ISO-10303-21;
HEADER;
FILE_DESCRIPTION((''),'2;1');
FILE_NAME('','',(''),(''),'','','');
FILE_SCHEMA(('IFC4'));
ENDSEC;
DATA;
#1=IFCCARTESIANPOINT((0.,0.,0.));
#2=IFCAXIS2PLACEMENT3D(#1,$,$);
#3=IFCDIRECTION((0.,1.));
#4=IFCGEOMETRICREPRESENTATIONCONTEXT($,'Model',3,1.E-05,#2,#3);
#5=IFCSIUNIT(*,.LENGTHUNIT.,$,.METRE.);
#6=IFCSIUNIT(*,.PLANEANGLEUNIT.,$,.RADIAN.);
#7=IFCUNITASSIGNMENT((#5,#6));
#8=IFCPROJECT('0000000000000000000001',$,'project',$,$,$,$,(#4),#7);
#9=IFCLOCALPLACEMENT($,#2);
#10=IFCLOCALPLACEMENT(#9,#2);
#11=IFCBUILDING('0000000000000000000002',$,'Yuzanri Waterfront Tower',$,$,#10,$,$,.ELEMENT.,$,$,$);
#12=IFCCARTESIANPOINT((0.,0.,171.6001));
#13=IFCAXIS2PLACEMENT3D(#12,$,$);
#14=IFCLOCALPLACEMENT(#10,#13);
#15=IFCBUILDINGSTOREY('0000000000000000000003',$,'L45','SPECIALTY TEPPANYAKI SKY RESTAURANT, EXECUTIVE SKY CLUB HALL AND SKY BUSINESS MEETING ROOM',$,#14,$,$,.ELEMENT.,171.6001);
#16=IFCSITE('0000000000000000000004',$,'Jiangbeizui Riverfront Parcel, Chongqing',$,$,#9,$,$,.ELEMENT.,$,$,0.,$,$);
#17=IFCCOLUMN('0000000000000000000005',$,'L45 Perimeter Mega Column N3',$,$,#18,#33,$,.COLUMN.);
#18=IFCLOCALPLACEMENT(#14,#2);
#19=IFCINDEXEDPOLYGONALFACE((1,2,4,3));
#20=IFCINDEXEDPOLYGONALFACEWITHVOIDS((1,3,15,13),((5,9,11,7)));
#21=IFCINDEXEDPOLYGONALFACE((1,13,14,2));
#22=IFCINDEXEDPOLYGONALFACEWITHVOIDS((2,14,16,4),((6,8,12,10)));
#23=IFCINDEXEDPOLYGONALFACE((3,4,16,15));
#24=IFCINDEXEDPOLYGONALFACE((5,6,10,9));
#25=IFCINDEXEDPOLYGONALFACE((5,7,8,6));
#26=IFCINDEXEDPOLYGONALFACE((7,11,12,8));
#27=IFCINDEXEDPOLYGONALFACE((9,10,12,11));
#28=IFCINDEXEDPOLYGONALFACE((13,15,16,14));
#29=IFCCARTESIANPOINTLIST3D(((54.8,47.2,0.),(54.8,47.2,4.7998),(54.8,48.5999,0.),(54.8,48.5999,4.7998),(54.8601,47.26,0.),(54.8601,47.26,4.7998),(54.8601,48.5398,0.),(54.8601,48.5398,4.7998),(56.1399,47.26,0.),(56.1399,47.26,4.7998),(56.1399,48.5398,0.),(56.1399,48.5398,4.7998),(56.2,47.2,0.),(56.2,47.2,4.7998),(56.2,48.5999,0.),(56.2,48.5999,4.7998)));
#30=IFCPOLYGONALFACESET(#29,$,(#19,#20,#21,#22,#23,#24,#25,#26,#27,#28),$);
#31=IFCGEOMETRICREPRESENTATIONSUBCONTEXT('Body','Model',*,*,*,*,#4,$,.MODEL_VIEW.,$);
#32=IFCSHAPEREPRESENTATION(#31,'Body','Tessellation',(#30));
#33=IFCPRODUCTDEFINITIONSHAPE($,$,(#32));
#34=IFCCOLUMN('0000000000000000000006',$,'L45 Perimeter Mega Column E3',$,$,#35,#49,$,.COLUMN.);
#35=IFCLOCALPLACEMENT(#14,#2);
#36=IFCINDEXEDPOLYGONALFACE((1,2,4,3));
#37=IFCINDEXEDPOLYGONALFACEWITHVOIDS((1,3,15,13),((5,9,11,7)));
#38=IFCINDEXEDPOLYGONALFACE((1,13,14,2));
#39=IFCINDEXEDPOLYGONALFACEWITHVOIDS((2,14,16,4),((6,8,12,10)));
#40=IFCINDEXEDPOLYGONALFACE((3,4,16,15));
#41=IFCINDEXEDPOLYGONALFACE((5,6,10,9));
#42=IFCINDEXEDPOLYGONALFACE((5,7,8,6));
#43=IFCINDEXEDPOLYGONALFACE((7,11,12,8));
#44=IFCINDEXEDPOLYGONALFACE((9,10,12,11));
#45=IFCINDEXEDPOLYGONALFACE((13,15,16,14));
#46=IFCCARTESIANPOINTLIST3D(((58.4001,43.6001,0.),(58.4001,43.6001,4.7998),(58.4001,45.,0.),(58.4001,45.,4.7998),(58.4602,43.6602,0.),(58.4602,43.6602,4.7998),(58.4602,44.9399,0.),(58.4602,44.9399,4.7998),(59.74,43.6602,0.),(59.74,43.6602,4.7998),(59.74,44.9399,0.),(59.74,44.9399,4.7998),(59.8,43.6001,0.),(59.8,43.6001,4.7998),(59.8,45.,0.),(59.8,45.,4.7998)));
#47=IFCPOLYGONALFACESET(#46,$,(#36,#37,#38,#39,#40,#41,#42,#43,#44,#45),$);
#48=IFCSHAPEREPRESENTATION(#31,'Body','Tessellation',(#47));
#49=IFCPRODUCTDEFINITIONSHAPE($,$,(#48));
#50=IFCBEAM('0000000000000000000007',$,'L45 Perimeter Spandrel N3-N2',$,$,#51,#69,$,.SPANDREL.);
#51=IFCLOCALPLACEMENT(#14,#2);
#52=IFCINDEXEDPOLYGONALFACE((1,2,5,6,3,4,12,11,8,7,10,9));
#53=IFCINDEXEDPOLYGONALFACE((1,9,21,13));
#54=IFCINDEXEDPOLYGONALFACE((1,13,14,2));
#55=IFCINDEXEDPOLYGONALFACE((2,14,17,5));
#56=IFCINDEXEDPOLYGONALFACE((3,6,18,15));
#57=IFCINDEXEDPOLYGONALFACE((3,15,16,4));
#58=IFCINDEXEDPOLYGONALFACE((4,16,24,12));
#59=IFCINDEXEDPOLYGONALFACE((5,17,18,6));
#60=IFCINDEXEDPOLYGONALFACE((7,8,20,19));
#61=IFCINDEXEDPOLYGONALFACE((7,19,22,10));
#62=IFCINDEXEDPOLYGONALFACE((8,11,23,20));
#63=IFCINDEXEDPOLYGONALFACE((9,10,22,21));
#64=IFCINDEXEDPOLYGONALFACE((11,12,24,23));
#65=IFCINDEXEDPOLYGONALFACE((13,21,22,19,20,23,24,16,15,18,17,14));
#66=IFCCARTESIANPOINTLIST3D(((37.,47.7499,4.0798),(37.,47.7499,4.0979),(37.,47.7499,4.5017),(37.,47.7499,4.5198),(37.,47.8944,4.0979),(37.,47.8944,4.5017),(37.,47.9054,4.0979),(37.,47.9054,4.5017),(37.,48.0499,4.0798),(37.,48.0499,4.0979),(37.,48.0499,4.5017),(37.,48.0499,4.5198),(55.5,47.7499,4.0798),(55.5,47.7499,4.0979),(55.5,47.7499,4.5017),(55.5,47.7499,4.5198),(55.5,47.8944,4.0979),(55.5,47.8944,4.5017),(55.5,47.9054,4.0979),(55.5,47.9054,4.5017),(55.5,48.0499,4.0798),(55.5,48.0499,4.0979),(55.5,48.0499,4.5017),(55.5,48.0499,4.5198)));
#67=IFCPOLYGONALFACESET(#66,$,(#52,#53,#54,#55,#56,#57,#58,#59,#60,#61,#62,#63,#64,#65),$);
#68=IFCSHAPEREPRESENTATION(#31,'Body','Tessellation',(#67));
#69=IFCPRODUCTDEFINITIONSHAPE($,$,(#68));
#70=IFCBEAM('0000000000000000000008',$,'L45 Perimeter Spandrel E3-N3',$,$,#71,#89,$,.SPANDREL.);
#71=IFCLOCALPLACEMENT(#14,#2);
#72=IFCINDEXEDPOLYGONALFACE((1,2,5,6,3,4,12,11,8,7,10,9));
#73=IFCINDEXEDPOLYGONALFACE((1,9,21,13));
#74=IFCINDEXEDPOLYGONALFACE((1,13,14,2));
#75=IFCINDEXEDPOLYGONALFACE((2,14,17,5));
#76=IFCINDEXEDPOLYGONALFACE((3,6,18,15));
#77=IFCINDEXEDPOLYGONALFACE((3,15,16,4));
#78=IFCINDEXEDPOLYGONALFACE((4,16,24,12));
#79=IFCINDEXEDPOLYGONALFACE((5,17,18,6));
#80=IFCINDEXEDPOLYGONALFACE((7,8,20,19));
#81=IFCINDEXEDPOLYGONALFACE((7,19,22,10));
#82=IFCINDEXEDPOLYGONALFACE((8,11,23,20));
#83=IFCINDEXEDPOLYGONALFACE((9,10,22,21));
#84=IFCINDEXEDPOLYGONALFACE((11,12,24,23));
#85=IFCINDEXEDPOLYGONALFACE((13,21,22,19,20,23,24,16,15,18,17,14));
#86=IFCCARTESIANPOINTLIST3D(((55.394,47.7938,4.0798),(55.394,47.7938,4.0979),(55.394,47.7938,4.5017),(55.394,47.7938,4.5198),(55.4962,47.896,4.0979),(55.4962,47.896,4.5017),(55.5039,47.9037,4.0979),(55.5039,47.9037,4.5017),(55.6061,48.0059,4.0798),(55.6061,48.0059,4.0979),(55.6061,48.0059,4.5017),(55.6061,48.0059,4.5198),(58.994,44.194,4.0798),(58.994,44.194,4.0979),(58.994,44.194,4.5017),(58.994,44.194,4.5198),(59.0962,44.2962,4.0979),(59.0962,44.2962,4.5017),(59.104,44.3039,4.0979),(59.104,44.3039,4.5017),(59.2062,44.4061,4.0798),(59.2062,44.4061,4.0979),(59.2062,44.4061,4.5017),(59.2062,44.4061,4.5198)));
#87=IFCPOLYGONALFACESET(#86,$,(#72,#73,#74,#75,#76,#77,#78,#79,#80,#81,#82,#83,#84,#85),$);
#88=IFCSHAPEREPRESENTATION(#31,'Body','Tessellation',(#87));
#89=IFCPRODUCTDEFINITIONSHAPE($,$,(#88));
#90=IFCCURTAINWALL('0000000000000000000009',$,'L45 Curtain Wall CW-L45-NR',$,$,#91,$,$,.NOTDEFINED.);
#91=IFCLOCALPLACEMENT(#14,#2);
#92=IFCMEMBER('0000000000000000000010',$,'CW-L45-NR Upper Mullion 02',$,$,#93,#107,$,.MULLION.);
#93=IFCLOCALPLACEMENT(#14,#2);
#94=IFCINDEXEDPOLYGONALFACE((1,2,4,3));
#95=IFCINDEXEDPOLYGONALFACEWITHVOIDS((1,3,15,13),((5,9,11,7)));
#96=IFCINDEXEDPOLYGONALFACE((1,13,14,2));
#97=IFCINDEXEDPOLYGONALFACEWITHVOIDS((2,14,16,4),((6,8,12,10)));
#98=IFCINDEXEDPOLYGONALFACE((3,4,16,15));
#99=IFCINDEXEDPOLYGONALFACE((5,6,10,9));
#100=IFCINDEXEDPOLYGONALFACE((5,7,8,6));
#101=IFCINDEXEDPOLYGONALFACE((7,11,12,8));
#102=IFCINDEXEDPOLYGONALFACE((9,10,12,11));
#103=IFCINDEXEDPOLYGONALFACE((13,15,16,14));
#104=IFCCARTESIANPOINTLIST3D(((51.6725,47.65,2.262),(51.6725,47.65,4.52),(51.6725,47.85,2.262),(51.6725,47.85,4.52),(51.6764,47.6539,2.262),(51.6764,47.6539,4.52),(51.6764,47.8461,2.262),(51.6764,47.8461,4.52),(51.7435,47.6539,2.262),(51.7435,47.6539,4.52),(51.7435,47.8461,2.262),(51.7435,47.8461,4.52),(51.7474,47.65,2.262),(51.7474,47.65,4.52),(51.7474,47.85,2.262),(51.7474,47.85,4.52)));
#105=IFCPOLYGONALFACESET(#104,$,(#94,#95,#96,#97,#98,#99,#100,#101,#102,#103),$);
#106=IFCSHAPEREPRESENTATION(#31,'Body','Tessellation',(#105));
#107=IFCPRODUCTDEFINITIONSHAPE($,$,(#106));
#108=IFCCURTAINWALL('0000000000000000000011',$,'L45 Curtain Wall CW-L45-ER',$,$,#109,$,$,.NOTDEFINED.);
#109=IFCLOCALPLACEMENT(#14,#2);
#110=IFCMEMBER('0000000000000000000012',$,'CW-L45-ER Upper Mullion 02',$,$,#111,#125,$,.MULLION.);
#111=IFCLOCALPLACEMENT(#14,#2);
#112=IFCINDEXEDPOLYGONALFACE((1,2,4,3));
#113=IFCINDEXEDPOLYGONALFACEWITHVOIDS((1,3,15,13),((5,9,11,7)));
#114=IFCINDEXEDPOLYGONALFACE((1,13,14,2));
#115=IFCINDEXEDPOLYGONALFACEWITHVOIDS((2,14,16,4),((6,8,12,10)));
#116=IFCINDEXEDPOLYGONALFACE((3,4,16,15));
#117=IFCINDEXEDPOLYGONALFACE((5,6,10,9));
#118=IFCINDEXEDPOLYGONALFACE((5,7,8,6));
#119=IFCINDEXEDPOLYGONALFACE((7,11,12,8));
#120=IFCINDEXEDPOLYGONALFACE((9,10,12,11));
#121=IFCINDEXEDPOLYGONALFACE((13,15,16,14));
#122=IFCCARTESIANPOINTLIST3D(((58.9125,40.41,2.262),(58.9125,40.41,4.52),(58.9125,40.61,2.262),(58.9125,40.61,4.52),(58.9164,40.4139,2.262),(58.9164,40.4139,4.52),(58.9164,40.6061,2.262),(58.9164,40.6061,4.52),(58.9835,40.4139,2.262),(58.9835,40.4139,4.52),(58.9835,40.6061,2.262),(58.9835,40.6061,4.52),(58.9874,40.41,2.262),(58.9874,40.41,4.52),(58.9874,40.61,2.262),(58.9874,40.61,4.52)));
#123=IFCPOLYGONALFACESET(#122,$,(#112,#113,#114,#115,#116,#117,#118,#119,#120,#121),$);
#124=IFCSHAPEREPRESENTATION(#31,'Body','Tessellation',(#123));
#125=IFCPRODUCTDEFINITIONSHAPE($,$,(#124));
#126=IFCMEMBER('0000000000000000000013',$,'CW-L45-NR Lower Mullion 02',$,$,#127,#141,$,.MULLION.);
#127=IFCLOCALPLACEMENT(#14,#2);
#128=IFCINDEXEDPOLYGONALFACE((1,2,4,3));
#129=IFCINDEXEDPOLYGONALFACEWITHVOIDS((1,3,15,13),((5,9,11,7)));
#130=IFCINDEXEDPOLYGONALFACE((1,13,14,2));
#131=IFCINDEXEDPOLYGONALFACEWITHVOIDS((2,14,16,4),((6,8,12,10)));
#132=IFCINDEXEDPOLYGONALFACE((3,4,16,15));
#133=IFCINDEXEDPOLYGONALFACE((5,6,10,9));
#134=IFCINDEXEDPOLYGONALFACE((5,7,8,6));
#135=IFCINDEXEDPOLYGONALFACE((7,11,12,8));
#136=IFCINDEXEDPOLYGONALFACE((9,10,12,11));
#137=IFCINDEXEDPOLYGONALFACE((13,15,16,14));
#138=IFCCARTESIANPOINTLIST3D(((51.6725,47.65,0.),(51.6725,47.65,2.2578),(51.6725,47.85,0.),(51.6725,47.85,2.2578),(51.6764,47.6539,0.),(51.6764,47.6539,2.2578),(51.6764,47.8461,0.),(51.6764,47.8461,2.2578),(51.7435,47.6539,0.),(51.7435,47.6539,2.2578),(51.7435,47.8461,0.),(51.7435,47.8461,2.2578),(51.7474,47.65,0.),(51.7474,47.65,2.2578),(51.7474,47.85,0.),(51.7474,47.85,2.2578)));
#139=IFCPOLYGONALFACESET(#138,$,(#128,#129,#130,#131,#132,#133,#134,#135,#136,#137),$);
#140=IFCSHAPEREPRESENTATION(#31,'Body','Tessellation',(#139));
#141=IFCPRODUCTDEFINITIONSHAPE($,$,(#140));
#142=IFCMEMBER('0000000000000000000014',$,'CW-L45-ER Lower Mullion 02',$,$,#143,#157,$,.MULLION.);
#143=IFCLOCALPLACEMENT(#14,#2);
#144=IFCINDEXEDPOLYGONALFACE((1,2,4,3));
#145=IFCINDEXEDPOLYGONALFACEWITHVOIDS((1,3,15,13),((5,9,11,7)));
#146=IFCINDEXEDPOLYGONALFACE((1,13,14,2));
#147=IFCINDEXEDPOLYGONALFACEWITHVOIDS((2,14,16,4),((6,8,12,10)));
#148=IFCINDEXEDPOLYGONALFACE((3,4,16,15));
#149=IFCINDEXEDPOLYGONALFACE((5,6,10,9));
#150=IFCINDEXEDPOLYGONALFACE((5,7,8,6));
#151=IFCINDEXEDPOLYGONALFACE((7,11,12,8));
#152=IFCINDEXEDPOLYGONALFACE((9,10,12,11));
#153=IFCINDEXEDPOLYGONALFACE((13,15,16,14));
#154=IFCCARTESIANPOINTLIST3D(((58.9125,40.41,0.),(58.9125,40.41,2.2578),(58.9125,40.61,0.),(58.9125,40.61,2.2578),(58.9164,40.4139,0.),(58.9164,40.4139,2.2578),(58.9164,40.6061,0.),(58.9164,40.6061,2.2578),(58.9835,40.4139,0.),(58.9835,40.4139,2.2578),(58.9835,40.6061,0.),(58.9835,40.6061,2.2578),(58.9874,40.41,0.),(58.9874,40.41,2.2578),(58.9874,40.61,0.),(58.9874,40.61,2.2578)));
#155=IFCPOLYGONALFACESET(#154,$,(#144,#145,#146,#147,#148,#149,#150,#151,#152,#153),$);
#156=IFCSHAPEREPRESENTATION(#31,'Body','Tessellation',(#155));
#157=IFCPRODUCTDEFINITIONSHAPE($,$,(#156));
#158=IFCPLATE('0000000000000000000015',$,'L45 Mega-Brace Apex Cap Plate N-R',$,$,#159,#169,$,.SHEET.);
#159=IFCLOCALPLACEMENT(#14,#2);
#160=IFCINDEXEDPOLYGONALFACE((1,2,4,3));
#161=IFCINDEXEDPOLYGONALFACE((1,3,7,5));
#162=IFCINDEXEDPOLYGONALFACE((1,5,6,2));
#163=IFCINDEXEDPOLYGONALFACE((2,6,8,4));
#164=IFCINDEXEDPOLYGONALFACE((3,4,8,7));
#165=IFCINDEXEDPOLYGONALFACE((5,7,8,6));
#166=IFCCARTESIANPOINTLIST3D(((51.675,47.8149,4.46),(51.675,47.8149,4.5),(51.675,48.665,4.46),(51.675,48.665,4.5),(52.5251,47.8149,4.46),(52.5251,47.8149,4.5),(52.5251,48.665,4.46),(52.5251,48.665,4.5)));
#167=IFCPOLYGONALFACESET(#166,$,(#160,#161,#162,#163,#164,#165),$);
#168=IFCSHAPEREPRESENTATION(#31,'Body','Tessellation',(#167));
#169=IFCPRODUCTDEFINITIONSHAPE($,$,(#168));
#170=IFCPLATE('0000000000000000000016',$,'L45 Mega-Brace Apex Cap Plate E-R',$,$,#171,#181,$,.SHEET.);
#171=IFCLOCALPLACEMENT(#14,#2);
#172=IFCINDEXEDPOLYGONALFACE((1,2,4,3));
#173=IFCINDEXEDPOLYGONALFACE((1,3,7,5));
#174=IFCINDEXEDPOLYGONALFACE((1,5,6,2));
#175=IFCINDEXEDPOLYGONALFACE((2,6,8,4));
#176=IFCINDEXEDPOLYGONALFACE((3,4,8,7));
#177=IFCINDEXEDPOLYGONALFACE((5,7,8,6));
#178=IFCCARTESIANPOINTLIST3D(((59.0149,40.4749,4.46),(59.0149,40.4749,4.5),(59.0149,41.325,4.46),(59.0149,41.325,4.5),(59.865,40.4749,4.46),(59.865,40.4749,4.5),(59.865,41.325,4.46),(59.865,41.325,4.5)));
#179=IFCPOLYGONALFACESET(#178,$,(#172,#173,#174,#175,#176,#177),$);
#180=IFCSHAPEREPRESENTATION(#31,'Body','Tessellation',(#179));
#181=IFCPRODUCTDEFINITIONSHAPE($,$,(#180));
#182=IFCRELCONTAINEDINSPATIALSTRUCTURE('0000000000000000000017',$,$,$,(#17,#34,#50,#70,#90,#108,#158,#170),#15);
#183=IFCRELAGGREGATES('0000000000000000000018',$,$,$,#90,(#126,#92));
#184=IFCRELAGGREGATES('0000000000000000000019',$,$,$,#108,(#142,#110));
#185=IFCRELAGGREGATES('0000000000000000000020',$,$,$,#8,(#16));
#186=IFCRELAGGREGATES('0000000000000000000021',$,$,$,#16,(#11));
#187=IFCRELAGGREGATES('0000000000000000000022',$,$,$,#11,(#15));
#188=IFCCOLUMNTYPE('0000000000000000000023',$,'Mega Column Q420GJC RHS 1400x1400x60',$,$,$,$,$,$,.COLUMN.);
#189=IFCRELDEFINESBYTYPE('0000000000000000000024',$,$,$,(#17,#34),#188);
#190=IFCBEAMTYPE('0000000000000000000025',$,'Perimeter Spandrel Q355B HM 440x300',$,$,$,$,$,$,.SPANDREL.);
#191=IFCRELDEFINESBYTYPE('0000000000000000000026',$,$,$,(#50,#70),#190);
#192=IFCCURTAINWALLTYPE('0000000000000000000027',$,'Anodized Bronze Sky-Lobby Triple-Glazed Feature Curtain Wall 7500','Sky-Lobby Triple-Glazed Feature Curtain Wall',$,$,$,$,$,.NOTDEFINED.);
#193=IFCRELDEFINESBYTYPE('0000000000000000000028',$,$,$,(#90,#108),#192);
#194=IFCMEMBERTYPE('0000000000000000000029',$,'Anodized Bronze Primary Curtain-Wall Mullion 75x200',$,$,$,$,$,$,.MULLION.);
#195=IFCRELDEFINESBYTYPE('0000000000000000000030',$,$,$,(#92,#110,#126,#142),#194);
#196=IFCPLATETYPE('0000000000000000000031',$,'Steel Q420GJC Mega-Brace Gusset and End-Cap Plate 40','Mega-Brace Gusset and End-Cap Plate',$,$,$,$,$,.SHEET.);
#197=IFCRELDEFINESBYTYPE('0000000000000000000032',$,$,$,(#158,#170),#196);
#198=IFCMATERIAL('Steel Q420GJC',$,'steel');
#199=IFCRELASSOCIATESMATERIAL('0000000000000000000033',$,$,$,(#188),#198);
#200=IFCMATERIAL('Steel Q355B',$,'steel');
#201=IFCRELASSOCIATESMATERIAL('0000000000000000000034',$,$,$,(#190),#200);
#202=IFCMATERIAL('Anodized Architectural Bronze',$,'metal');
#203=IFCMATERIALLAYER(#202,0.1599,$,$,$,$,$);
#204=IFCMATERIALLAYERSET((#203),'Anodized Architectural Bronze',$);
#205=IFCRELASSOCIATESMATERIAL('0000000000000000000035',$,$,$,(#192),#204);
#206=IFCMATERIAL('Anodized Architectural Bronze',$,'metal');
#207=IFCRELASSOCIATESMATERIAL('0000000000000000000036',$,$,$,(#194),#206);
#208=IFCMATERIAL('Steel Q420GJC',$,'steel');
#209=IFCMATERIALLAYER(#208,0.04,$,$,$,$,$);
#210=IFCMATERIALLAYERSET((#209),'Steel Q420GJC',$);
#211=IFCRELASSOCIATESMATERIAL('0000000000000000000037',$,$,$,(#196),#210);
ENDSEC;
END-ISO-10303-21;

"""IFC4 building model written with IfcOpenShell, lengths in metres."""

from ifc_helpers import new_model, si_unit, direction, frame, origin, origin_2d, place, context, subcontext, project, spatial, rectangle, hollow_rectangle, i_section, extrude, source, transform, mapped, material, layer, layer_set, material_profile, profile_set, type_object, element, aggregate, save


model = new_model("IFC4")

# Units and contexts
model_context = context("Model", 3, precision=1e-05, world=origin(), true_north=direction((0.0, 1.0)))
body_context = subcontext(model_context, "Body", "Model", "MODEL_VIEW")
ifc_project = project(units=[si_unit("LENGTHUNIT", "METRE"), si_unit("PLANEANGLEUNIT", "RADIAN")], contexts=[model_context])

# Site, building, storey
site_placement = place(None, origin())
site = spatial("IfcSite", under=ifc_project, at=site_placement, Name="Jiangbeizui Riverfront Parcel, Chongqing", CompositionType="ELEMENT", RefElevation=0.0)
building_placement = place(site_placement, origin())
building = spatial("IfcBuilding", under=site, at=building_placement, Name="Yuzanri Waterfront Tower", CompositionType="ELEMENT")
storey_placement = place(building_placement, frame((0.0, 0.0, 171.6001)))
storey = spatial("IfcBuildingStorey", under=building, at=storey_placement, Name="L45", Description="SPECIALTY TEPPANYAKI SKY RESTAURANT, EXECUTIVE SKY CLUB HALL AND SKY BUSINESS MEETING ROOM", CompositionType="ELEMENT", Elevation=171.6001)

# Columns
ifc_material_1 = material(Name="Steel Q420GJC", Category="steel")
ifc_material_profile_1 = material_profile(ifc_material_1, hollow_rectangle(XDim=1.3999, YDim=1.3999, WallThickness=0.0601, at=origin_2d()), Name="RHS 1400x1400x60")
ifc_profile_set_1 = profile_set([ifc_material_profile_1], Name="Steel Q420GJC")
column_type = type_object("IfcColumnType", Name="Mega Column Q420GJC RHS 1400x1400x60", PredefinedType="COLUMN", material=ifc_profile_set_1)
shared_shape_1 = source(origin(), body_context, "Body", "SweptSolid", [
    extrude(hollow_rectangle(XDim=1.3999, YDim=1.3999, WallThickness=0.0601, at=origin_2d()), origin(), (0.0, 0.0, 1.0), 4.7998),
])
for number, where, z_axis, x_axis, name in (
    (1, (55.5, 47.8999, 0.0), (0.0, 0.0, 1.0), (1.0, 0.0, 0.0), "L45 Perimeter Mega Column N3"),
    (2, (59.1001, 44.3, 0.0), (0.0, 0.0, 1.0), (1.0, 0.0, 0.0), "L45 Perimeter Mega Column E3"),
):
    element("IfcColumn", number, at=place(storey_placement, frame(where, z_axis=z_axis, x_axis=x_axis)), inside=storey, type_object=column_type, Name=name, PredefinedType="COLUMN", context=body_context, shape_type="MappedRepresentation", body=[
        mapped(shared_shape_1, transform((0.0, 0.0, 0.0), scale=1.0)),
    ])

# Beams
ifc_material_2 = material(Name="Steel Q355B", Category="steel")
ifc_material_profile_2 = material_profile(ifc_material_2, i_section(OverallWidth=0.3, OverallDepth=0.4399, WebThickness=0.011, FlangeThickness=0.0181, at=origin_2d()), Name="HM 440x300x11x18")
ifc_profile_set_2 = profile_set([ifc_material_profile_2], Name="Steel Q355B")
beam_type = type_object("IfcBeamType", Name="Perimeter Spandrel Q355B HM 440x300", PredefinedType="SPANDREL", material=ifc_profile_set_2)
shared_shape_2 = source(origin(), body_context, "Body", "SweptSolid", [
    extrude(i_section(OverallWidth=0.3, OverallDepth=0.4399, WebThickness=0.011, FlangeThickness=0.0181, at=origin_2d()), origin(), (0.0, 0.0, 1.0), 18.5),
])
beam_1_placement = place(storey_placement, frame((55.5, 47.8999, 4.2998), z_axis=(-1.0, 0.0, 0.0), x_axis=(0.0, -1.0, 0.0)))
element("IfcBeam", 3, at=beam_1_placement, inside=storey, type_object=beam_type, Name="L45 Perimeter Spandrel N3-N2", PredefinedType="SPANDREL", context=body_context, shape_type="MappedRepresentation", body=[
    mapped(shared_shape_2, transform((0.0, 0.0, 0.0), scale=1.0)),
])
shared_shape_3 = source(origin(), body_context, "Body", "SweptSolid", [
    extrude(i_section(OverallWidth=0.3, OverallDepth=0.4399, WebThickness=0.011, FlangeThickness=0.0181, at=origin_2d()), origin(), (0.0, 0.0, 1.0), 5.0911),
])
beam_2_placement = place(storey_placement, frame((59.1001, 44.3, 4.2998), z_axis=(-0.707131, 0.707083, 0.0), x_axis=(-0.707083, -0.707131, 0.0)))
element("IfcBeam", 4, at=beam_2_placement, inside=storey, type_object=beam_type, Name="L45 Perimeter Spandrel E3-N3", PredefinedType="SPANDREL", context=body_context, shape_type="MappedRepresentation", body=[
    mapped(shared_shape_3, transform((0.0, 0.0, 0.0), scale=1.0)),
])

# Curtain walls, members
ifc_material_3 = material(Name="Anodized Architectural Bronze", Category="metal")
ifc_layer_1 = layer(ifc_material_3, 0.1599)
ifc_layer_set_1 = layer_set([ifc_layer_1], Name="Anodized Architectural Bronze")
curtain_wall_type = type_object("IfcCurtainWallType", Name="Anodized Bronze Sky-Lobby Triple-Glazed Feature Curtain Wall 7500", Description="Sky-Lobby Triple-Glazed Feature Curtain Wall", PredefinedType="NOTDEFINED", material=ifc_layer_set_1)
curtain_wall_1_placement = place(storey_placement, origin())
curtain_wall_1 = element("IfcCurtainWall", 5, at=curtain_wall_1_placement, inside=storey, type_object=curtain_wall_type, Name="L45 Curtain Wall CW-L45-NR", PredefinedType="NOTDEFINED")
ifc_material_4 = material(Name="Anodized Architectural Bronze", Category="metal")
ifc_material_profile_3 = material_profile(ifc_material_4, hollow_rectangle(XDim=0.075, YDim=0.2, WallThickness=0.0039, at=origin_2d()), Name="CWM 75x200")
ifc_profile_set_3 = profile_set([ifc_material_profile_3], Name="Anodized Architectural Bronze")
member_type = type_object("IfcMemberType", Name="Anodized Bronze Primary Curtain-Wall Mullion 75x200", PredefinedType="MULLION", material=ifc_profile_set_3)
shared_shape_4 = source(origin(), body_context, "Body", "SweptSolid", [
    extrude(hollow_rectangle(XDim=0.075, YDim=0.2, WallThickness=0.0039, at=origin_2d()), origin(), (0.0, 0.0, 1.0), 2.2581),
])
member_1_placement = place(storey_placement, frame((51.71, 47.75, 2.262), z_axis=(0.0, 0.0, 1.0), x_axis=(1.0, 0.0, 0.0)))
member_1 = element("IfcMember", 6, at=member_1_placement, type_object=member_type, Name="CW-L45-NR Upper Mullion 02", PredefinedType="MULLION", context=body_context, shape_type="MappedRepresentation", body=[
    mapped(shared_shape_4, transform((0.0, 0.0, 0.0), scale=1.0)),
])
curtain_wall_2_placement = place(storey_placement, origin())
curtain_wall_2 = element("IfcCurtainWall", 7, at=curtain_wall_2_placement, inside=storey, type_object=curtain_wall_type, Name="L45 Curtain Wall CW-L45-ER", PredefinedType="NOTDEFINED")
member_2_placement = place(storey_placement, frame((58.95, 40.51, 2.262), z_axis=(0.0, 0.0, 1.0), x_axis=(1.0, 0.0, 0.0)))
member_2 = element("IfcMember", 8, at=member_2_placement, type_object=member_type, Name="CW-L45-ER Upper Mullion 02", PredefinedType="MULLION", context=body_context, shape_type="MappedRepresentation", body=[
    mapped(shared_shape_4, transform((0.0, 0.0, 0.0), scale=1.0)),
])

# Members
shared_shape_5 = source(origin(), body_context, "Body", "SweptSolid", [
    extrude(hollow_rectangle(XDim=0.075, YDim=0.2, WallThickness=0.0039, at=origin_2d()), origin(), (0.0, 0.0, 1.0), 2.2578),
])
member_3_placement = place(storey_placement, frame((51.71, 47.75, 0.0), z_axis=(0.0, 0.0, 1.0), x_axis=(1.0, 0.0, 0.0)))
member_3 = element("IfcMember", 9, at=member_3_placement, type_object=member_type, Name="CW-L45-NR Lower Mullion 02", PredefinedType="MULLION", context=body_context, shape_type="MappedRepresentation", body=[
    mapped(shared_shape_5, transform((0.0, 0.0, 0.0), scale=1.0)),
])
aggregate(curtain_wall_1, [member_3, member_1])
member_4_placement = place(storey_placement, frame((58.95, 40.51, 0.0), z_axis=(0.0, 0.0, 1.0), x_axis=(1.0, 0.0, 0.0)))
member_4 = element("IfcMember", 10, at=member_4_placement, type_object=member_type, Name="CW-L45-ER Lower Mullion 02", PredefinedType="MULLION", context=body_context, shape_type="MappedRepresentation", body=[
    mapped(shared_shape_5, transform((0.0, 0.0, 0.0), scale=1.0)),
])

# Plates
ifc_material_5 = material(Name="Steel Q420GJC", Category="steel")
ifc_layer_2 = layer(ifc_material_5, 0.04)
ifc_layer_set_2 = layer_set([ifc_layer_2], Name="Steel Q420GJC")
plate_type_1 = type_object("IfcPlateType", Name="Steel Q420GJC Mega-Brace Gusset and End-Cap Plate 40", Description="Mega-Brace Gusset and End-Cap Plate", PredefinedType="SHEET", material=ifc_layer_set_2)
shared_shape_6 = source(origin(), body_context, "Body", "SweptSolid", [
    extrude(rectangle(XDim=0.8501, YDim=0.8501, at=origin_2d()), origin(), (0.0, 0.0, 1.0), 0.04),
])
for number, where, z_axis, x_axis, name in (
    (11, (52.1001, 48.24, 4.46), (0.0, 0.0, 1.0), (1.0, 0.0, 0.0), "L45 Mega-Brace Apex Cap Plate N-R"),
    (12, (59.4399, 40.8999, 4.46), (0.0, 0.0, 1.0), (1.0, 0.0, 0.0), "L45 Mega-Brace Apex Cap Plate E-R"),
):
    element("IfcPlate", number, at=place(storey_placement, frame(where, z_axis=z_axis, x_axis=x_axis)), inside=storey, type_object=plate_type_1, Name=name, PredefinedType="SHEET", context=body_context, shape_type="MappedRepresentation", body=[
        mapped(shared_shape_6, transform((0.0, 0.0, 0.0), scale=1.0)),
    ])

aggregate(curtain_wall_2, [member_4, member_2])

save(model, "model.ifc")
